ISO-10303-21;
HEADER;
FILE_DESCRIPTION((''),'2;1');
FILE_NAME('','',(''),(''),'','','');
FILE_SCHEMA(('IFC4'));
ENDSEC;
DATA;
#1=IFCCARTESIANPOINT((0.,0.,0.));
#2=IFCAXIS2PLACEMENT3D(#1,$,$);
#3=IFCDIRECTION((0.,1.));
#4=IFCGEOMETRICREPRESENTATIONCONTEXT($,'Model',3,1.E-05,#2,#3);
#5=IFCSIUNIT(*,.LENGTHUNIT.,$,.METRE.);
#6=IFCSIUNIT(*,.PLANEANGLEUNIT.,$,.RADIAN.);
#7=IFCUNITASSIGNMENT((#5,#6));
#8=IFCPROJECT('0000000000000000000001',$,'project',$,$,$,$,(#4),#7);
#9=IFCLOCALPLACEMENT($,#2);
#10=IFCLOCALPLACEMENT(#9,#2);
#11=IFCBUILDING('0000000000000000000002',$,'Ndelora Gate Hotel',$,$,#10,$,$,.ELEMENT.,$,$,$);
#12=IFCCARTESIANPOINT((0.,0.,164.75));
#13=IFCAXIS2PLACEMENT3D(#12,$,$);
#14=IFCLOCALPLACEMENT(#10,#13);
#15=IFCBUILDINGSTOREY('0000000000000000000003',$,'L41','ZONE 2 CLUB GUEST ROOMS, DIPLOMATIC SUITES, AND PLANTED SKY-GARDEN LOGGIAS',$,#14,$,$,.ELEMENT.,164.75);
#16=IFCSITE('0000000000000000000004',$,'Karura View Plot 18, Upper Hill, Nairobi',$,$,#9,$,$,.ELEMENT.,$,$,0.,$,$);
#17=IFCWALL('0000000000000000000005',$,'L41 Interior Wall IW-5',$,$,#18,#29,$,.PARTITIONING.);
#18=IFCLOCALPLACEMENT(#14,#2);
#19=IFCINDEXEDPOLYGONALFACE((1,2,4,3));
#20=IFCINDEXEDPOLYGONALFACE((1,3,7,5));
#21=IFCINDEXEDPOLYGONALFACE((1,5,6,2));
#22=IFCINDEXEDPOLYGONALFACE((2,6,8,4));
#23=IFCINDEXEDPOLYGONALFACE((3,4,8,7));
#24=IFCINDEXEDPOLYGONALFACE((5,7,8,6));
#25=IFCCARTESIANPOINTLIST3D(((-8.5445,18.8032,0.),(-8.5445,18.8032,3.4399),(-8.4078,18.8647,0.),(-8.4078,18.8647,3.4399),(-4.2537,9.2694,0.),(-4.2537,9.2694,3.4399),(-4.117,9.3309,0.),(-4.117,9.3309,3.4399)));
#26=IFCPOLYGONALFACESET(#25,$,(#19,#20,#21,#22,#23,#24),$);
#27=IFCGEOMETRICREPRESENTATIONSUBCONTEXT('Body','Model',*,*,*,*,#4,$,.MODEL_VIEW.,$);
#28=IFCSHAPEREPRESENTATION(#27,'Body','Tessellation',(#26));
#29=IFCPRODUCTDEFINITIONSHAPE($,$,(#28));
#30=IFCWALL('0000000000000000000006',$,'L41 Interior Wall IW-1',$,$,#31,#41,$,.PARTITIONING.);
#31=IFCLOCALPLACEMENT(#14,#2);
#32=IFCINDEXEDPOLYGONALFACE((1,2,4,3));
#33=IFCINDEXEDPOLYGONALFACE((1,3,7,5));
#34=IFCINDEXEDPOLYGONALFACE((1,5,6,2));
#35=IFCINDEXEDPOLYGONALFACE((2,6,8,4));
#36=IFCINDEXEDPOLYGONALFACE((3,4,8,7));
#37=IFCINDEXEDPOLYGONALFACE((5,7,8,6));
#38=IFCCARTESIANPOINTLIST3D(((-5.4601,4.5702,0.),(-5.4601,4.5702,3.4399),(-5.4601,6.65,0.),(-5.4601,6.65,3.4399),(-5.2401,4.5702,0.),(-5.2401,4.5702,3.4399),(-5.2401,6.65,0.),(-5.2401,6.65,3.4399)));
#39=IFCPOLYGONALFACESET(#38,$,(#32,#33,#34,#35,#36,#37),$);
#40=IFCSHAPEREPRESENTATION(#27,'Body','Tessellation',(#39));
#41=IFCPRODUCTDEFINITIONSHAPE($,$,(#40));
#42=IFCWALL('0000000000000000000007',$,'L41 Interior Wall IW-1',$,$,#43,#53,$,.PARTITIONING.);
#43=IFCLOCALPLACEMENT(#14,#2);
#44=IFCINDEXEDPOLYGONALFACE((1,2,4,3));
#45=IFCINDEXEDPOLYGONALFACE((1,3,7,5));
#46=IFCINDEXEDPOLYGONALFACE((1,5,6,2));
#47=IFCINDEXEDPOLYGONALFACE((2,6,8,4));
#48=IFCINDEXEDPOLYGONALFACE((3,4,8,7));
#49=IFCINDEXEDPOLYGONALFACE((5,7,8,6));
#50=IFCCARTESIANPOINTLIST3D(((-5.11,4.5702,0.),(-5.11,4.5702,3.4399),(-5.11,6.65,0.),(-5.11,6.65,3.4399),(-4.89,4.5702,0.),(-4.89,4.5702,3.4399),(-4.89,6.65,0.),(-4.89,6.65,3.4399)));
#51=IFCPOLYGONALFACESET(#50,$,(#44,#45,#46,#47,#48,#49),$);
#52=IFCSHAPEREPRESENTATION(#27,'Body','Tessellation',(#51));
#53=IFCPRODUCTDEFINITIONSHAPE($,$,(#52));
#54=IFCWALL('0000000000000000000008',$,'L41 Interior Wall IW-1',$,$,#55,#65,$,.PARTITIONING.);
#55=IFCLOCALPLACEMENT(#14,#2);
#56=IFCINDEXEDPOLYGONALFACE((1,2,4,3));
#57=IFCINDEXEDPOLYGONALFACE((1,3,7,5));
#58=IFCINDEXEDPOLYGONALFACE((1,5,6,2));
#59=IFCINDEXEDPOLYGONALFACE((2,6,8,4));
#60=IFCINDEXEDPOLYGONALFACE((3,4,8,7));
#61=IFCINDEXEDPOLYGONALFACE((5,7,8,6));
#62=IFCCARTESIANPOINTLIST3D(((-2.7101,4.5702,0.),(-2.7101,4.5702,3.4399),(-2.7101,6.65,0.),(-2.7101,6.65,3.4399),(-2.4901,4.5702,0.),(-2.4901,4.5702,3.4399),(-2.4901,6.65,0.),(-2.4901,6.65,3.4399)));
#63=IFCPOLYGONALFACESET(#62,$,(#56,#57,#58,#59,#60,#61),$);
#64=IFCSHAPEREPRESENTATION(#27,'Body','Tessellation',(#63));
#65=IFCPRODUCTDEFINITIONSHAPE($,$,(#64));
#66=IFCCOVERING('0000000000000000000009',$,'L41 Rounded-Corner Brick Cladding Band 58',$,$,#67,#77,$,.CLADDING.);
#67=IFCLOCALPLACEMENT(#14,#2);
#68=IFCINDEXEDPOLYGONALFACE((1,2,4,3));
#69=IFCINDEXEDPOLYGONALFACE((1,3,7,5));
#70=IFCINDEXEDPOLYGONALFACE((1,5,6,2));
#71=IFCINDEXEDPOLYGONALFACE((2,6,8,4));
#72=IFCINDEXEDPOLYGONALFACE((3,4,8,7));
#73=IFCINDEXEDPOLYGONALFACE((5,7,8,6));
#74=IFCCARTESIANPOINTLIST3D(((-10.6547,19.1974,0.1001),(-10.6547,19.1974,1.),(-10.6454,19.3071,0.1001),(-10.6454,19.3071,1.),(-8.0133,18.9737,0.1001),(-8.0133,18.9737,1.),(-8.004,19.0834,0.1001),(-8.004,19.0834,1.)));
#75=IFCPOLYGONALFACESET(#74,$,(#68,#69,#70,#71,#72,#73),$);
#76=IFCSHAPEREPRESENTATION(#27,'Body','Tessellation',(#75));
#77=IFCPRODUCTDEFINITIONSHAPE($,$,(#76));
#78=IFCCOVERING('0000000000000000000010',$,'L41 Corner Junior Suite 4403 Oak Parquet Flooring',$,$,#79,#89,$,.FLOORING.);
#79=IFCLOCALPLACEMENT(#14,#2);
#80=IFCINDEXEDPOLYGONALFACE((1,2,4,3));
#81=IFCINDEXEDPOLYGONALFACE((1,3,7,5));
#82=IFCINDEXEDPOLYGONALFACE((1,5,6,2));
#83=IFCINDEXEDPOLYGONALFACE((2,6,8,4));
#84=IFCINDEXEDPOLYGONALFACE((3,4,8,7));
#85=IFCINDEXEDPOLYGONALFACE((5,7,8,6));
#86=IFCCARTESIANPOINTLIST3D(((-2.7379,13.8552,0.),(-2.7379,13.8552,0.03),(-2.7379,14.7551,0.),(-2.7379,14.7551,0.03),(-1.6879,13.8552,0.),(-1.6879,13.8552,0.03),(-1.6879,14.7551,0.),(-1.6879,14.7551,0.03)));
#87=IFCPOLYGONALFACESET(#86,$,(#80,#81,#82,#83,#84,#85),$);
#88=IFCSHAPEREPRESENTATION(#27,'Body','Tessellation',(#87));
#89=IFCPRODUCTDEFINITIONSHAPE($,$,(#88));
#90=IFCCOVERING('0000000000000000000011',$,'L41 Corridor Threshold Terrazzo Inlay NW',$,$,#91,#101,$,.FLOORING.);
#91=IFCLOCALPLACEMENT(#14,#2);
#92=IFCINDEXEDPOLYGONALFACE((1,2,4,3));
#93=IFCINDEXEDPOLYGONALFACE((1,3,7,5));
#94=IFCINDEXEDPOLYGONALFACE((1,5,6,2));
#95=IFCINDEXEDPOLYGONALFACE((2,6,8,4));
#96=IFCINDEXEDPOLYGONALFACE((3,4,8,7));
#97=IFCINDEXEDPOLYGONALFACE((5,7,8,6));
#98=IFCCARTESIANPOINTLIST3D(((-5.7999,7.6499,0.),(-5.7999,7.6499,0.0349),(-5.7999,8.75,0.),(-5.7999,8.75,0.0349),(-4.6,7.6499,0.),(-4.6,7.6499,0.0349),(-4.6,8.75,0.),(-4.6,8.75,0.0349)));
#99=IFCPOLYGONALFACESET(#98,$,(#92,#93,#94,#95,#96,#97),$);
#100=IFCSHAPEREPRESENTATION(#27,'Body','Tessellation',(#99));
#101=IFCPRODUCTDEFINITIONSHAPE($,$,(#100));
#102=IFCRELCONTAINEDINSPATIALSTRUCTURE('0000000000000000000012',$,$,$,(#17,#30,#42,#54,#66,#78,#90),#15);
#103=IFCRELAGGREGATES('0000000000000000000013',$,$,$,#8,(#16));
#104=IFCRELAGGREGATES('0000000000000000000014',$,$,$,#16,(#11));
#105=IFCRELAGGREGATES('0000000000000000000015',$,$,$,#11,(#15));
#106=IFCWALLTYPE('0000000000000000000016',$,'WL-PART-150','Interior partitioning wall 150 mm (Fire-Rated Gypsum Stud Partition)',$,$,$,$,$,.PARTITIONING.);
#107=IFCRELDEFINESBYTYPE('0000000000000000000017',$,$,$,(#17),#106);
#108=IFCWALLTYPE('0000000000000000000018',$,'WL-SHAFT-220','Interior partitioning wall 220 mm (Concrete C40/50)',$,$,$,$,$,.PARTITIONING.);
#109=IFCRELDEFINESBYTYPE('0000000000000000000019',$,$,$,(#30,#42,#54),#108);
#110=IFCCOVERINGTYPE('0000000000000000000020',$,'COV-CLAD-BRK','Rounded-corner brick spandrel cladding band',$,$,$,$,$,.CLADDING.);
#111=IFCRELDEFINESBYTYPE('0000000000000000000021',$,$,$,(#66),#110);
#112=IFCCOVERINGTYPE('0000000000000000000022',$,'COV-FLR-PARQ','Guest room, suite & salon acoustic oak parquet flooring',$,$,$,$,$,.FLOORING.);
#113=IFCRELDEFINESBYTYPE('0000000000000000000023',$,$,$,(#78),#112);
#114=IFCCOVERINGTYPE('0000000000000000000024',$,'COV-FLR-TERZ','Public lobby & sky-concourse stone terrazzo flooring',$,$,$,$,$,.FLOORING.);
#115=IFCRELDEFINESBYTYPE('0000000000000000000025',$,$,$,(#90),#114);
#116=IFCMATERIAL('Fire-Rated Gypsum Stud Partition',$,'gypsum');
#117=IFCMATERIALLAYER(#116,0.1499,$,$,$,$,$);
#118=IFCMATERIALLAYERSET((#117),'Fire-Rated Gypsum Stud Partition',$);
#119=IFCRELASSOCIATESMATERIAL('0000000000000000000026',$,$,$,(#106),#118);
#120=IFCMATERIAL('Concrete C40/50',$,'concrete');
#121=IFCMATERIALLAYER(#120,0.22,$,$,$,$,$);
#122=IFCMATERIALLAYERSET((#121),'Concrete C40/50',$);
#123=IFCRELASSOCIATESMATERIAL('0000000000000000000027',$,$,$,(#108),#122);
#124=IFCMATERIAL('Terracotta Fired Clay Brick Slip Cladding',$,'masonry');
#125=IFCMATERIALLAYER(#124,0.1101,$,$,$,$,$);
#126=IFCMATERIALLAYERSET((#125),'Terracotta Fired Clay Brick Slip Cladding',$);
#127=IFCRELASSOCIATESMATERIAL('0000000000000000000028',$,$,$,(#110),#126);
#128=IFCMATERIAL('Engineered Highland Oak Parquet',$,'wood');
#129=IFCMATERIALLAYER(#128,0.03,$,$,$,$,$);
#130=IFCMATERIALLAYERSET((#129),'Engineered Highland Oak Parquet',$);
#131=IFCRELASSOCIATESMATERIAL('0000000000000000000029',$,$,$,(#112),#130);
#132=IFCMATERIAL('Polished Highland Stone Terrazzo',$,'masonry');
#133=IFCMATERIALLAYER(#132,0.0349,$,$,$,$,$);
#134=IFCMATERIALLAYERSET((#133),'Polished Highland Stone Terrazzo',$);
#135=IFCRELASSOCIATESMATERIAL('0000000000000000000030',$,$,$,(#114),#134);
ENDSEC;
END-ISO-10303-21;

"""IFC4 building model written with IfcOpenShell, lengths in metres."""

from ifc_helpers import new_model, si_unit, direction, frame, frame_2d, origin, origin_2d, place, context, subcontext, project, spatial, rectangle, extrude, material, layer, layer_set, type_object, element, save


model = new_model("IFC4")

# Units and contexts
model_context = context("Model", 3, precision=1e-05, world=origin(), true_north=direction((0.0, 1.0)))
body_context = subcontext(model_context, "Body", "Model", "MODEL_VIEW")
ifc_project = project(units=[si_unit("LENGTHUNIT", "METRE"), si_unit("PLANEANGLEUNIT", "RADIAN")], contexts=[model_context])

# Site, building, storey
site_placement = place(None, origin())
site = spatial("IfcSite", under=ifc_project, at=site_placement, Name="Karura View Plot 18, Upper Hill, Nairobi", CompositionType="ELEMENT", RefElevation=0.0)
building_placement = place(site_placement, origin())
building = spatial("IfcBuilding", under=site, at=building_placement, Name="Ndelora Gate Hotel", CompositionType="ELEMENT")
storey_placement = place(building_placement, frame((0.0, 0.0, 164.75)))
storey = spatial("IfcBuildingStorey", under=building, at=storey_placement, Name="L41", Description="ZONE 2 CLUB GUEST ROOMS, DIPLOMATIC SUITES, AND PLANTED SKY-GARDEN LOGGIAS", CompositionType="ELEMENT", Elevation=164.75)

# Shared definitions
ifc_material_1 = material(Name="Fire-Rated Gypsum Stud Partition", Category="gypsum")
ifc_layer_1 = layer(ifc_material_1, 0.1499)
ifc_layer_set_1 = layer_set([ifc_layer_1], Name="Fire-Rated Gypsum Stud Partition")
wall_type_1 = type_object("IfcWallType", Name="WL-PART-150", Description="Interior partitioning wall 150 mm (Fire-Rated Gypsum Stud Partition)", PredefinedType="PARTITIONING", material=ifc_layer_set_1)

# Walls
wall_1_placement = place(storey_placement, frame((-4.1853, 9.3, 0.0), z_axis=(0.0, 0.0, 1.0), x_axis=(-0.410413, 0.9119, 0.0)))
element("IfcWall", 1, at=wall_1_placement, inside=storey, type_object=wall_type_1, Name="L41 Interior Wall IW-5", PredefinedType="PARTITIONING", context=body_context, shape_type="SweptSolid", body=[
    extrude(rectangle(XDim=10.4548, YDim=0.1499, at=frame_2d((5.2275, 0.0))), origin(), (0.0, 0.0, 1.0), 3.4399),
])
ifc_material_2 = material(Name="Concrete C40/50", Category="concrete")
ifc_layer_2 = layer(ifc_material_2, 0.22)
ifc_layer_set_2 = layer_set([ifc_layer_2], Name="Concrete C40/50")
wall_type_2 = type_object("IfcWallType", Name="WL-SHAFT-220", Description="Interior partitioning wall 220 mm (Concrete C40/50)", PredefinedType="PARTITIONING", material=ifc_layer_set_2)
for number, where, z_axis, x_axis, name in (
    (2, (-5.3501, 4.5701, 0.0), (0.0, 0.0, 1.0), (0.0, 1.0, 0.0), "L41 Interior Wall IW-1"),
    (3, (-5.0, 4.5701, 0.0), (0.0, 0.0, 1.0), (0.0, 1.0, 0.0), "L41 Interior Wall IW-1"),
    (4, (-2.6001, 4.5701, 0.0), (0.0, 0.0, 1.0), (0.0, 1.0, 0.0), "L41 Interior Wall IW-1"),
):
    element("IfcWall", number, at=place(storey_placement, frame(where, z_axis=z_axis, x_axis=x_axis)), inside=storey, type_object=wall_type_2, Name=name, PredefinedType="PARTITIONING", context=body_context, shape_type="SweptSolid", body=[
        extrude(rectangle(XDim=2.0798, YDim=0.22, at=frame_2d((1.04, 0.0))), origin(), (0.0, 0.0, 1.0), 3.4399),
    ])

# Coverings
ifc_material_3 = material(Name="Terracotta Fired Clay Brick Slip Cladding", Category="masonry")
ifc_layer_3 = layer(ifc_material_3, 0.1101)
ifc_layer_set_3 = layer_set([ifc_layer_3], Name="Terracotta Fired Clay Brick Slip Cladding")
covering_type_1 = type_object("IfcCoveringType", Name="COV-CLAD-BRK", Description="Rounded-corner brick spandrel cladding band", PredefinedType="CLADDING", material=ifc_layer_set_3)
covering_1_placement = place(storey_placement, frame((-9.3293, 19.1404, 0.1001), z_axis=(0.0, 0.0, 1.0), x_axis=(-0.996434, 0.084374, 0.0)))
element("IfcCovering", 5, at=covering_1_placement, inside=storey, type_object=covering_type_1, Name="L41 Rounded-Corner Brick Cladding Band 58", PredefinedType="CLADDING", context=body_context, shape_type="SweptSolid", body=[
    extrude(rectangle(XDim=2.6509, YDim=0.1101, at=origin_2d()), origin(), (0.0, 0.0, 1.0), 0.8999),
])
ifc_material_4 = material(Name="Engineered Highland Oak Parquet", Category="wood")
ifc_layer_4 = layer(ifc_material_4, 0.03)
ifc_layer_set_4 = layer_set([ifc_layer_4], Name="Engineered Highland Oak Parquet")
covering_type_2 = type_object("IfcCoveringType", Name="COV-FLR-PARQ", Description="Guest room, suite & salon acoustic oak parquet flooring", PredefinedType="FLOORING", material=ifc_layer_set_4)
covering_2_placement = place(storey_placement, frame((-2.2129, 14.3052, 0.0), z_axis=(0.0, 0.0, 1.0), x_axis=(1.0, 0.0, 0.0)))
element("IfcCovering", 6, at=covering_2_placement, inside=storey, type_object=covering_type_2, Name="L41 Corner Junior Suite 4403 Oak Parquet Flooring", PredefinedType="FLOORING", context=body_context, shape_type="SweptSolid", body=[
    extrude(rectangle(XDim=1.05, YDim=0.8999, at=origin_2d()), origin(), (0.0, 0.0, 1.0), 0.03),
])
ifc_material_5 = material(Name="Polished Highland Stone Terrazzo", Category="masonry")
ifc_layer_5 = layer(ifc_material_5, 0.0349)
ifc_layer_set_5 = layer_set([ifc_layer_5], Name="Polished Highland Stone Terrazzo")
covering_type_3 = type_object("IfcCoveringType", Name="COV-FLR-TERZ", Description="Public lobby & sky-concourse stone terrazzo flooring", PredefinedType="FLOORING", material=ifc_layer_set_5)
covering_3_placement = place(storey_placement, frame((-5.2, 8.2, 0.0), z_axis=(0.0, 0.0, 1.0), x_axis=(1.0, 0.0, 0.0)))
element("IfcCovering", 7, at=covering_3_placement, inside=storey, type_object=covering_type_3, Name="L41 Corridor Threshold Terrazzo Inlay NW", PredefinedType="FLOORING", context=body_context, shape_type="SweptSolid", body=[
    extrude(rectangle(XDim=1.2, YDim=1.1001, at=origin_2d()), origin(), (0.0, 0.0, 1.0), 0.0349),
])

save(model, "model.ifc")
